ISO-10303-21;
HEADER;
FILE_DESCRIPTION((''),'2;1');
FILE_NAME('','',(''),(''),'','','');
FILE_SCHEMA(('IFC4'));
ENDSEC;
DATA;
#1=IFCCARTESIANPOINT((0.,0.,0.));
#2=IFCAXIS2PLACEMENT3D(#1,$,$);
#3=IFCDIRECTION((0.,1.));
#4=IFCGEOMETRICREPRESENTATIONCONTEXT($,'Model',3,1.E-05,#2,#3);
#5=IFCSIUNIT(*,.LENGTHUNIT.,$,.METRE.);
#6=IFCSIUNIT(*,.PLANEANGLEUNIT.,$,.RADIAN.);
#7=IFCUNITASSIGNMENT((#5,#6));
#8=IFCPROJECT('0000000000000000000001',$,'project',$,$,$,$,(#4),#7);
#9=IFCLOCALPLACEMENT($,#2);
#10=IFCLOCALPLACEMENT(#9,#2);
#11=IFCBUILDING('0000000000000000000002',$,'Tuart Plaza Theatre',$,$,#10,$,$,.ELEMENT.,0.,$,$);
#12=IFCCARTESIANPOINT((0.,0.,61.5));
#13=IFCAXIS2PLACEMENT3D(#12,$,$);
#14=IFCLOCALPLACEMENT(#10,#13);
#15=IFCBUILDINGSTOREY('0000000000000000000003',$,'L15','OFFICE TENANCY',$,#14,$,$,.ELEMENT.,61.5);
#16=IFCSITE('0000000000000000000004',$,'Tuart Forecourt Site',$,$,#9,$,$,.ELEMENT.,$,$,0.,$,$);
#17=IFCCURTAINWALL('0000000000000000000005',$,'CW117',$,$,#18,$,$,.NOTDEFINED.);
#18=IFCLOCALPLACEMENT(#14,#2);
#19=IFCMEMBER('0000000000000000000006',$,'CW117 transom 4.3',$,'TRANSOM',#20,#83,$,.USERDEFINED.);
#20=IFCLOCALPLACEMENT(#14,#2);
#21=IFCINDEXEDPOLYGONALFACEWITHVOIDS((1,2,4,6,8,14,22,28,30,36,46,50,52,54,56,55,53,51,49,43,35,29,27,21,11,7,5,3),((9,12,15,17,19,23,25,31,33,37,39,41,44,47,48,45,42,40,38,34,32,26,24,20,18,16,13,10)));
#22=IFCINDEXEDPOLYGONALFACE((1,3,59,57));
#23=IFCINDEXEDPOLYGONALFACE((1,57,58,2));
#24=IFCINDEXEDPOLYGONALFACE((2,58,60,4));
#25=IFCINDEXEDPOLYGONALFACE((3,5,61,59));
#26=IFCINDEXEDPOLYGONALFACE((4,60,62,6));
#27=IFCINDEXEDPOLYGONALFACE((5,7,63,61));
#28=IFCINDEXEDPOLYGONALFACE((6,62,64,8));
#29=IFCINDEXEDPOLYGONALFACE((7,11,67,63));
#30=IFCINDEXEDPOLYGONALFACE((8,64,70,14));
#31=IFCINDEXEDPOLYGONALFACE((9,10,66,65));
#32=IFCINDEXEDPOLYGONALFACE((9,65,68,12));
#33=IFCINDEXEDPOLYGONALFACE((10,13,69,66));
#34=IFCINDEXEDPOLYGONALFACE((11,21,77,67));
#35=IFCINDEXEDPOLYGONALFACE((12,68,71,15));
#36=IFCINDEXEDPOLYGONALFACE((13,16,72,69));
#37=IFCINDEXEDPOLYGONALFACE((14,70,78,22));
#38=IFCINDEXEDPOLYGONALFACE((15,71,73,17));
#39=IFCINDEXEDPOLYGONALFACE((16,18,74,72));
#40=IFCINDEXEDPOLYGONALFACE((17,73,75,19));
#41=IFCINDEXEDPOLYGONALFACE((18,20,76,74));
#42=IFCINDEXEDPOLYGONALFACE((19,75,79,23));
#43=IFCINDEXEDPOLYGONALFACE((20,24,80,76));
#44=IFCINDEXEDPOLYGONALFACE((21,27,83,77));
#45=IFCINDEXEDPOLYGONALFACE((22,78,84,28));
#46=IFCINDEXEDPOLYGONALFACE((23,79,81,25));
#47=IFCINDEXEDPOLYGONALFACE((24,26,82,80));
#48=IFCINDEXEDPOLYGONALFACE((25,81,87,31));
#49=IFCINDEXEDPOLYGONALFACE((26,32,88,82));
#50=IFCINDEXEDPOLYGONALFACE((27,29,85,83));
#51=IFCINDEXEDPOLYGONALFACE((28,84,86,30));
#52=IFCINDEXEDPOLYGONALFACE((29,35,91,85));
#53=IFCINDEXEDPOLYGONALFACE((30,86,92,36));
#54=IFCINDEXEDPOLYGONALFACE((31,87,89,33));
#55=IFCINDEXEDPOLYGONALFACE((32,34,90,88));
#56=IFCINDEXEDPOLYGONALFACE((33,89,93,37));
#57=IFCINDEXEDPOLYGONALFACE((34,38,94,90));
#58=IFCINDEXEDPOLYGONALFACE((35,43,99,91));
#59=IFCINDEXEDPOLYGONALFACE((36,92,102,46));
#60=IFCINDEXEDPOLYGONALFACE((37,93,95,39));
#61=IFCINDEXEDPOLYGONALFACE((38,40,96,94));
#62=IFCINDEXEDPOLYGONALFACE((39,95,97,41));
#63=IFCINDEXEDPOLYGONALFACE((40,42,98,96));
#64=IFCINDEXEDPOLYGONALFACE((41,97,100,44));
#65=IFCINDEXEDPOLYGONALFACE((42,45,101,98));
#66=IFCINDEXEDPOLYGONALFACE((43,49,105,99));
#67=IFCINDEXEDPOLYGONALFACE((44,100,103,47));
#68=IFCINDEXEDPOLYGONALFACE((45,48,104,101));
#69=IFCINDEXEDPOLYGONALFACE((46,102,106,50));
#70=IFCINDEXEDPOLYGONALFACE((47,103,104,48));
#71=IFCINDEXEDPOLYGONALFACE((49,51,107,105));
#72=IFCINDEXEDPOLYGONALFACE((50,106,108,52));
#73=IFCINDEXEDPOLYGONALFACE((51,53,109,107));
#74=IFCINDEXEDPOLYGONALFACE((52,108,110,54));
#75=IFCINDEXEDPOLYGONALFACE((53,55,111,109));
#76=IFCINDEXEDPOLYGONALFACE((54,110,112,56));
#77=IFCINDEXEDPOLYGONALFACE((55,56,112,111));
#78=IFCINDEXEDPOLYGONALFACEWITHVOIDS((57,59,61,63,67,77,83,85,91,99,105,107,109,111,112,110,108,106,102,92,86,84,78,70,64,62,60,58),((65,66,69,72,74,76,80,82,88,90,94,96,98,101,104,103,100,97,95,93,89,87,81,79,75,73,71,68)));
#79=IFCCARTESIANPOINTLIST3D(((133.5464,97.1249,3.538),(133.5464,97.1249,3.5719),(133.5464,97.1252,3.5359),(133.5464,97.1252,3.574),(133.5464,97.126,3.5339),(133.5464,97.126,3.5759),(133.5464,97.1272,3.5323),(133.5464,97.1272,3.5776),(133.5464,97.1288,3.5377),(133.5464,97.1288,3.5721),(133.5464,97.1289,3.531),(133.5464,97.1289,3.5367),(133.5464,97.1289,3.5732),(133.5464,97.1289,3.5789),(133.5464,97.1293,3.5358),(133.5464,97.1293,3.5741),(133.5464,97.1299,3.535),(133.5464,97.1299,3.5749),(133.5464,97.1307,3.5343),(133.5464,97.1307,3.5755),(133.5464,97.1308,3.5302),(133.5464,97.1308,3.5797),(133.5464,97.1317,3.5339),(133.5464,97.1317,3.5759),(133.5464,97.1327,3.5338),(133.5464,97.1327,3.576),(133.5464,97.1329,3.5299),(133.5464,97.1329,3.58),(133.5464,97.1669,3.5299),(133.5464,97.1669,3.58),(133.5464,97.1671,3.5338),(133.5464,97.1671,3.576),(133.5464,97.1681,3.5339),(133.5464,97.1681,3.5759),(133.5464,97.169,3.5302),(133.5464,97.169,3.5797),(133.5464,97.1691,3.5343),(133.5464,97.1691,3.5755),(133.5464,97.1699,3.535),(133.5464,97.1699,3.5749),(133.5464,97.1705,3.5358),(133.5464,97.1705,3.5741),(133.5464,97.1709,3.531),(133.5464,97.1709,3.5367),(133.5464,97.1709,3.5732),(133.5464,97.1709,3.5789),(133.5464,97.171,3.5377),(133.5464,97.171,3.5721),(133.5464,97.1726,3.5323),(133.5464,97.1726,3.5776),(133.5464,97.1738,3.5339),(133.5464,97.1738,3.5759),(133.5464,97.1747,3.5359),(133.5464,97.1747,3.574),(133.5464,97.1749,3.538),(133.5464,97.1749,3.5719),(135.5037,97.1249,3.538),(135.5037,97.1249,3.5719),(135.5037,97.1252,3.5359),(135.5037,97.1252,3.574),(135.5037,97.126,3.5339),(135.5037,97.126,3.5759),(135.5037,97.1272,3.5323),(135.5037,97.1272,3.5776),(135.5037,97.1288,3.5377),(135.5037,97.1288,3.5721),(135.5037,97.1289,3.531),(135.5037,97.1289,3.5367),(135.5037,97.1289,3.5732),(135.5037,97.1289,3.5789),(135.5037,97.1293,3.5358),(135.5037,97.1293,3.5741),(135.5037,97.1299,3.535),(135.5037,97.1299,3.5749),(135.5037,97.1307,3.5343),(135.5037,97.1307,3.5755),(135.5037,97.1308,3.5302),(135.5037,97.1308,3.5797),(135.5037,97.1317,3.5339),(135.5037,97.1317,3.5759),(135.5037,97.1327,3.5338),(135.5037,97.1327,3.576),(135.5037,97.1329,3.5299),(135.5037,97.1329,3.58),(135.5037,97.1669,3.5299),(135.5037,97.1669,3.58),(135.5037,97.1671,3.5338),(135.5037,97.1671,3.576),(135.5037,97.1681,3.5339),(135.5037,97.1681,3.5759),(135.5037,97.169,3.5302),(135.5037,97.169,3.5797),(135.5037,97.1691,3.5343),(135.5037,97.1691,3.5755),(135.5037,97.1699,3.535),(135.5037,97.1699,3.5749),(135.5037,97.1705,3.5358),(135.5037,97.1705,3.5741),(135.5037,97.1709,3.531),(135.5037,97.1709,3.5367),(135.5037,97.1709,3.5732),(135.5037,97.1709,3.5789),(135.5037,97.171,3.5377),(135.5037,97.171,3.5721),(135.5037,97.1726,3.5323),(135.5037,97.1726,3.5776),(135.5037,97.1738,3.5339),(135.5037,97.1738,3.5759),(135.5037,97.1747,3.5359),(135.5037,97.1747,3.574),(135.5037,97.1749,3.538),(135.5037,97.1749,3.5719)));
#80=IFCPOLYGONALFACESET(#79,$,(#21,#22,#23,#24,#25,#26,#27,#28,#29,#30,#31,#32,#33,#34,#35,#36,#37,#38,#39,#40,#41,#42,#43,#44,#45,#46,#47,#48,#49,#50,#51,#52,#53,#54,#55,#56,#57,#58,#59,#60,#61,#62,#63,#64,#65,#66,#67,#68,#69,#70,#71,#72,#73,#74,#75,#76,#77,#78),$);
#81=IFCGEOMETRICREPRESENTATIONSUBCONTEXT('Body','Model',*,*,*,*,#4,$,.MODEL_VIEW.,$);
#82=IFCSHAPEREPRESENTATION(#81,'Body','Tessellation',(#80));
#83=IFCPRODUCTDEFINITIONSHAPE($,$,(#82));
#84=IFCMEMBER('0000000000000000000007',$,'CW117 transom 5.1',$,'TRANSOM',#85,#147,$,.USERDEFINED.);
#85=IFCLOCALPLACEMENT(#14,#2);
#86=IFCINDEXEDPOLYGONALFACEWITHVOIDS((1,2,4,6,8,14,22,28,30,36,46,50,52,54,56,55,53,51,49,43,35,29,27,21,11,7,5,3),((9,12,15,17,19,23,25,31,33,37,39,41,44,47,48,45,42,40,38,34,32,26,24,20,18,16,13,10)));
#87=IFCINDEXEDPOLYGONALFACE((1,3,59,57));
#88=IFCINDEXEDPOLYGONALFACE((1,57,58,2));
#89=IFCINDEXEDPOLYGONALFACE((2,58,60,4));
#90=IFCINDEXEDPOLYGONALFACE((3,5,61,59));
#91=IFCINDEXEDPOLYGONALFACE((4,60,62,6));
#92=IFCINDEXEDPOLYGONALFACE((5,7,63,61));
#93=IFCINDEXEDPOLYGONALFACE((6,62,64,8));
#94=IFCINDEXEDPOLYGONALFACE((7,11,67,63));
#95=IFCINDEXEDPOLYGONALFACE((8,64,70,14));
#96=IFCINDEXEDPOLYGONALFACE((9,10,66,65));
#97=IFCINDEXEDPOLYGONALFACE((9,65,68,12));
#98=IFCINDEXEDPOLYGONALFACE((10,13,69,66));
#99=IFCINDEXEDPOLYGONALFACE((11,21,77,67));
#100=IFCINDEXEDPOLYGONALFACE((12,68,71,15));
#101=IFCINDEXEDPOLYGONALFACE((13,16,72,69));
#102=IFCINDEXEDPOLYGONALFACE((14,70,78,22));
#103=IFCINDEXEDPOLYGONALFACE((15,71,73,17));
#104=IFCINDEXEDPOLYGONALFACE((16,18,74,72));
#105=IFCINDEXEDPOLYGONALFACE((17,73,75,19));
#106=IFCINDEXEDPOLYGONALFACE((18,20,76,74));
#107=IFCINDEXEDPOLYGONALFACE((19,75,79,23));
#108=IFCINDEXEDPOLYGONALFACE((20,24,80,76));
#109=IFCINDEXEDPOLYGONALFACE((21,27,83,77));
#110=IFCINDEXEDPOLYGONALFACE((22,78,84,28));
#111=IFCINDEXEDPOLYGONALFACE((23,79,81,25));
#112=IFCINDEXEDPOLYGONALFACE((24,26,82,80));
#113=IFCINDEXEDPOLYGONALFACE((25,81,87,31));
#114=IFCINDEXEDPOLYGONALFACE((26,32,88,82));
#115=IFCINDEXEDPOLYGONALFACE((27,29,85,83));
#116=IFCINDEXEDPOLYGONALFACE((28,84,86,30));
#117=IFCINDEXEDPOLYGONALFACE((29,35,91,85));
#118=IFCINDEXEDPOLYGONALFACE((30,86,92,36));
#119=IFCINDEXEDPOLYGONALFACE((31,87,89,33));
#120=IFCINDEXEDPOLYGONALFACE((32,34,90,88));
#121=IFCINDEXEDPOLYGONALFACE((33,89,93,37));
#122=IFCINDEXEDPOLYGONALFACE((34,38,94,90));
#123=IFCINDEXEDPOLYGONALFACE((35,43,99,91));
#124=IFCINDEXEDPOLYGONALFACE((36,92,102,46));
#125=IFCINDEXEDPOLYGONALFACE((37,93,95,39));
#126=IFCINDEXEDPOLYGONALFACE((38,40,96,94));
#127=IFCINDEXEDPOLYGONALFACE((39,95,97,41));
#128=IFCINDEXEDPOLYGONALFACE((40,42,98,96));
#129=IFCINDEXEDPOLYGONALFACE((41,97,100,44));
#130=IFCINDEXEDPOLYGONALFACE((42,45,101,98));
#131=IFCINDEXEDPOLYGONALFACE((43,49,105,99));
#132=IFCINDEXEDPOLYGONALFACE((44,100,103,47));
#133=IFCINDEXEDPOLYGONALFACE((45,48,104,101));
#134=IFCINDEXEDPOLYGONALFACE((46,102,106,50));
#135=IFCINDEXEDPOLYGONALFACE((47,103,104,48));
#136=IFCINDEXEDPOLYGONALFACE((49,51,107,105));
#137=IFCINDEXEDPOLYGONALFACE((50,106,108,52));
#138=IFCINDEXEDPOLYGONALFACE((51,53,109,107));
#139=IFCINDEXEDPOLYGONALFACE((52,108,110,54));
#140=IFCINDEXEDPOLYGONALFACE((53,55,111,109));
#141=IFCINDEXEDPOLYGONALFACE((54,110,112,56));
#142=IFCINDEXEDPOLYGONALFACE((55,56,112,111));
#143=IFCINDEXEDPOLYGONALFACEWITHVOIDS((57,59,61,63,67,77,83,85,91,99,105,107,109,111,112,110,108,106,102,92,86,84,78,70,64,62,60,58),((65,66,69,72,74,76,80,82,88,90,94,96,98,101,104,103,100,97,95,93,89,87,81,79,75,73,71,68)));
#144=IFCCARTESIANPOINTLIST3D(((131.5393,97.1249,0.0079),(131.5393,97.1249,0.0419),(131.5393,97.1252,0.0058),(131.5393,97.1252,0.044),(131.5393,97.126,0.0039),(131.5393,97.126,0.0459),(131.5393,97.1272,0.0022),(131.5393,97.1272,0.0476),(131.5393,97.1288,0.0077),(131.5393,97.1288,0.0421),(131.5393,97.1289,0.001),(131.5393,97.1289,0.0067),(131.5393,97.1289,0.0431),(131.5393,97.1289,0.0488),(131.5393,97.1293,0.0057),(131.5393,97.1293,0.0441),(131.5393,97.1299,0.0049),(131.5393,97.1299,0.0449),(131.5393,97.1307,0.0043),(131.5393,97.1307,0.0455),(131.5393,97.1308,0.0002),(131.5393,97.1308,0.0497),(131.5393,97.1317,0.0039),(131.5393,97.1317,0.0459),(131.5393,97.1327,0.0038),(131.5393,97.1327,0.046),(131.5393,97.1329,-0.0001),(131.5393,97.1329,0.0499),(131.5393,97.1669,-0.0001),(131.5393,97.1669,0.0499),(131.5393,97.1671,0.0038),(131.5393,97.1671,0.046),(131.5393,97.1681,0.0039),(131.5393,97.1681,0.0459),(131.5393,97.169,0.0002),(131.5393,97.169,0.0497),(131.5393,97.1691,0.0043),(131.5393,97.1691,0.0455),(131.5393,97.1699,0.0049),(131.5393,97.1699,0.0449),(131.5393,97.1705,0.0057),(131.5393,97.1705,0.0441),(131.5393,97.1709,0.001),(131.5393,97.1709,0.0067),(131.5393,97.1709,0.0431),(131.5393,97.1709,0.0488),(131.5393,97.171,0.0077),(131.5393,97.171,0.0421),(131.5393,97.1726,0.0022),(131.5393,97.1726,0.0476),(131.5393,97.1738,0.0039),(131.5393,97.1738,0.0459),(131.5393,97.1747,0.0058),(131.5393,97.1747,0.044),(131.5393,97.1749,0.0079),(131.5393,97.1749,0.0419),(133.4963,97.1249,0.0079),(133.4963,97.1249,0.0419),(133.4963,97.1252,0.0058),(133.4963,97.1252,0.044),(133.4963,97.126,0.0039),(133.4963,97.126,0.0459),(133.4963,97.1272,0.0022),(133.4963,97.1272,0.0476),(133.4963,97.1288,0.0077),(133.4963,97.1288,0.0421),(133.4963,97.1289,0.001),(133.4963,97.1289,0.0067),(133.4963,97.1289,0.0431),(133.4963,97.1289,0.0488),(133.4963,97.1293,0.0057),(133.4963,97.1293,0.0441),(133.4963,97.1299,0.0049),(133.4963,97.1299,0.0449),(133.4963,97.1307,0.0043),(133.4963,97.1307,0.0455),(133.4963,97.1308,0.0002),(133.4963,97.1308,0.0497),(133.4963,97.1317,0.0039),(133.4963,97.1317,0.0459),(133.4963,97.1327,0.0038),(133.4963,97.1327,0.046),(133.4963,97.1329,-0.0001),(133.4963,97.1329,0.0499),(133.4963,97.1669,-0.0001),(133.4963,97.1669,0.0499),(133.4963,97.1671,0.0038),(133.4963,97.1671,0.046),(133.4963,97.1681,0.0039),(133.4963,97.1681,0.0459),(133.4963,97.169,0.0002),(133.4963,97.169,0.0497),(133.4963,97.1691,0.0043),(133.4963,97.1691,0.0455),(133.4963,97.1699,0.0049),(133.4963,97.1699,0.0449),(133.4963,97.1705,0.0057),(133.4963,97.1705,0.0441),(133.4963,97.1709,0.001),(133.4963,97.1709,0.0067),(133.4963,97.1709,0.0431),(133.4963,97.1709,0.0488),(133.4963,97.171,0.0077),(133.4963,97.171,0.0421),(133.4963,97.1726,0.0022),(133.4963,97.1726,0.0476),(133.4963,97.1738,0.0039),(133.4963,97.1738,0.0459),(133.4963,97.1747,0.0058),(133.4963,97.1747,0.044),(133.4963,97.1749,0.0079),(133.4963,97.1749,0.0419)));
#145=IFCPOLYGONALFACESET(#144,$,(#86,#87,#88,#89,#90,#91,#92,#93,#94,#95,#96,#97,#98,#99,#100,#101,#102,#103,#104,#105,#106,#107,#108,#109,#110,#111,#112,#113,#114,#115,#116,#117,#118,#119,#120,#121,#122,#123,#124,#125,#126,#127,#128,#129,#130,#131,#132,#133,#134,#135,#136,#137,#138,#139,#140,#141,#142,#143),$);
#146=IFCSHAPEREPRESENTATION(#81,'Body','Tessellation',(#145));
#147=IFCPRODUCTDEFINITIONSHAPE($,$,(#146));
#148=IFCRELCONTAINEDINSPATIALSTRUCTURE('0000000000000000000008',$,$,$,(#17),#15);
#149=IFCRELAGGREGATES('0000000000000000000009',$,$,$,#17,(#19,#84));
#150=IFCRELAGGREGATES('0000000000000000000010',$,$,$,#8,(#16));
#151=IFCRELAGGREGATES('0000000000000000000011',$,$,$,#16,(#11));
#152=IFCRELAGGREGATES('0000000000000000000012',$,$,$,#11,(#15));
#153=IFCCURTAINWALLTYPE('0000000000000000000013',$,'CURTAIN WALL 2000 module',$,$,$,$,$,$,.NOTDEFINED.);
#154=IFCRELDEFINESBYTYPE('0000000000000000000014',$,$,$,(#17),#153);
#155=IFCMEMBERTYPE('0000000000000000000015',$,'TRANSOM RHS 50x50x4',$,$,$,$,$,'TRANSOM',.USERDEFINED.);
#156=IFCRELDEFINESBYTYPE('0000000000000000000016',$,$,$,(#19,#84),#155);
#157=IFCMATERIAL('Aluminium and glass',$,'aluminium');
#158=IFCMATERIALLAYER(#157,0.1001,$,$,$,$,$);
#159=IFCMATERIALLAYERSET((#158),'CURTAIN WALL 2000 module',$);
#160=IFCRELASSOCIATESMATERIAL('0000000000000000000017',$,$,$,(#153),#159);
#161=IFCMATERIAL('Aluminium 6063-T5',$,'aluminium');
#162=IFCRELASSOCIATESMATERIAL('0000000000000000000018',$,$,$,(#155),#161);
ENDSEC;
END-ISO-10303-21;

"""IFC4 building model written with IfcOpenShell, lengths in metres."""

from ifc_helpers import new_model, si_unit, direction, frame, origin, origin_2d, place, context, subcontext, project, spatial, hollow_rectangle, extrude, material, layer, layer_set, material_profile, profile_set, type_object, element, aggregate, save


model = new_model("IFC4")

# Units and contexts
model_context = context("Model", 3, precision=1e-05, world=origin(), true_north=direction((0.0, 1.0)))
body_context = subcontext(model_context, "Body", "Model", "MODEL_VIEW")
ifc_project = project(units=[si_unit("LENGTHUNIT", "METRE"), si_unit("PLANEANGLEUNIT", "RADIAN")], contexts=[model_context])

# Site, building, storey
site_placement = place(None, origin())
site = spatial("IfcSite", under=ifc_project, at=site_placement, Name="Tuart Forecourt Site", CompositionType="ELEMENT", RefElevation=0.0)
building_placement = place(site_placement, origin())
building = spatial("IfcBuilding", under=site, at=building_placement, Name="Tuart Plaza Theatre", CompositionType="ELEMENT", ElevationOfRefHeight=0.0)
storey_placement = place(building_placement, frame((0.0, 0.0, 61.5)))
storey = spatial("IfcBuildingStorey", under=building, at=storey_placement, Name="L15", Description="OFFICE TENANCY", CompositionType="ELEMENT", Elevation=61.5)

# Curtain wall, members
ifc_material_1 = material(Name="Aluminium and glass", Category="aluminium")
ifc_layer_1 = layer(ifc_material_1, 0.1001)
ifc_layer_set_1 = layer_set([ifc_layer_1], Name="CURTAIN WALL 2000 module")
curtain_wall_type = type_object("IfcCurtainWallType", Name="CURTAIN WALL 2000 module", PredefinedType="NOTDEFINED", material=ifc_layer_set_1)
curtain_wall_placement = place(storey_placement, origin())
curtain_wall = element("IfcCurtainWall", 1, at=curtain_wall_placement, inside=storey, type_object=curtain_wall_type, Name="CW117", PredefinedType="NOTDEFINED")
ifc_material_2 = material(Name="Aluminium 6063-T5", Category="aluminium")
ifc_material_profile_1 = material_profile(ifc_material_2, hollow_rectangle(XDim=0.05, YDim=0.05, WallThickness=0.0039, InnerFilletRadius=0.0039, OuterFilletRadius=0.0081, at=origin_2d()), Name="RHS 50x50x4")
ifc_profile_set_1 = profile_set([ifc_material_profile_1], Name="Aluminium 6063-T5")
member_type_1 = type_object("IfcMemberType", Name="TRANSOM RHS 50x50x4", ElementType="TRANSOM", PredefinedType="USERDEFINED", material=ifc_profile_set_1)
member_1_placement = place(storey_placement, frame((135.5037, 97.1499, 3.5549), z_axis=(-1.0, 0.0, 0.0), x_axis=(0.0, -1.0, 0.0)))
member_1 = element("IfcMember", 2, at=member_1_placement, type_object=member_type_1, Name="CW117 transom 4.3", ObjectType="TRANSOM", PredefinedType="USERDEFINED", context=body_context, shape_type="SweptSolid", body=[
    extrude(hollow_rectangle(XDim=0.05, YDim=0.05, WallThickness=0.0039, InnerFilletRadius=0.0039, OuterFilletRadius=0.0081, at=origin_2d()), origin(), (0.0, 0.0, 1.0), 1.9573),
])
member_2_placement = place(storey_placement, frame((133.4963, 97.1499, 0.0249), z_axis=(-1.0, 0.0, 0.0), x_axis=(0.0, -1.0, 0.0)))
member_2 = element("IfcMember", 3, at=member_2_placement, type_object=member_type_1, Name="CW117 transom 5.1", ObjectType="TRANSOM", PredefinedType="USERDEFINED", context=body_context, shape_type="SweptSolid", body=[
    extrude(hollow_rectangle(XDim=0.05, YDim=0.05, WallThickness=0.0039, InnerFilletRadius=0.0039, OuterFilletRadius=0.0081, at=origin_2d()), origin(), (0.0, 0.0, 1.0), 1.957),
])
aggregate(curtain_wall, [member_1, member_2])

save(model, "model.ifc")
